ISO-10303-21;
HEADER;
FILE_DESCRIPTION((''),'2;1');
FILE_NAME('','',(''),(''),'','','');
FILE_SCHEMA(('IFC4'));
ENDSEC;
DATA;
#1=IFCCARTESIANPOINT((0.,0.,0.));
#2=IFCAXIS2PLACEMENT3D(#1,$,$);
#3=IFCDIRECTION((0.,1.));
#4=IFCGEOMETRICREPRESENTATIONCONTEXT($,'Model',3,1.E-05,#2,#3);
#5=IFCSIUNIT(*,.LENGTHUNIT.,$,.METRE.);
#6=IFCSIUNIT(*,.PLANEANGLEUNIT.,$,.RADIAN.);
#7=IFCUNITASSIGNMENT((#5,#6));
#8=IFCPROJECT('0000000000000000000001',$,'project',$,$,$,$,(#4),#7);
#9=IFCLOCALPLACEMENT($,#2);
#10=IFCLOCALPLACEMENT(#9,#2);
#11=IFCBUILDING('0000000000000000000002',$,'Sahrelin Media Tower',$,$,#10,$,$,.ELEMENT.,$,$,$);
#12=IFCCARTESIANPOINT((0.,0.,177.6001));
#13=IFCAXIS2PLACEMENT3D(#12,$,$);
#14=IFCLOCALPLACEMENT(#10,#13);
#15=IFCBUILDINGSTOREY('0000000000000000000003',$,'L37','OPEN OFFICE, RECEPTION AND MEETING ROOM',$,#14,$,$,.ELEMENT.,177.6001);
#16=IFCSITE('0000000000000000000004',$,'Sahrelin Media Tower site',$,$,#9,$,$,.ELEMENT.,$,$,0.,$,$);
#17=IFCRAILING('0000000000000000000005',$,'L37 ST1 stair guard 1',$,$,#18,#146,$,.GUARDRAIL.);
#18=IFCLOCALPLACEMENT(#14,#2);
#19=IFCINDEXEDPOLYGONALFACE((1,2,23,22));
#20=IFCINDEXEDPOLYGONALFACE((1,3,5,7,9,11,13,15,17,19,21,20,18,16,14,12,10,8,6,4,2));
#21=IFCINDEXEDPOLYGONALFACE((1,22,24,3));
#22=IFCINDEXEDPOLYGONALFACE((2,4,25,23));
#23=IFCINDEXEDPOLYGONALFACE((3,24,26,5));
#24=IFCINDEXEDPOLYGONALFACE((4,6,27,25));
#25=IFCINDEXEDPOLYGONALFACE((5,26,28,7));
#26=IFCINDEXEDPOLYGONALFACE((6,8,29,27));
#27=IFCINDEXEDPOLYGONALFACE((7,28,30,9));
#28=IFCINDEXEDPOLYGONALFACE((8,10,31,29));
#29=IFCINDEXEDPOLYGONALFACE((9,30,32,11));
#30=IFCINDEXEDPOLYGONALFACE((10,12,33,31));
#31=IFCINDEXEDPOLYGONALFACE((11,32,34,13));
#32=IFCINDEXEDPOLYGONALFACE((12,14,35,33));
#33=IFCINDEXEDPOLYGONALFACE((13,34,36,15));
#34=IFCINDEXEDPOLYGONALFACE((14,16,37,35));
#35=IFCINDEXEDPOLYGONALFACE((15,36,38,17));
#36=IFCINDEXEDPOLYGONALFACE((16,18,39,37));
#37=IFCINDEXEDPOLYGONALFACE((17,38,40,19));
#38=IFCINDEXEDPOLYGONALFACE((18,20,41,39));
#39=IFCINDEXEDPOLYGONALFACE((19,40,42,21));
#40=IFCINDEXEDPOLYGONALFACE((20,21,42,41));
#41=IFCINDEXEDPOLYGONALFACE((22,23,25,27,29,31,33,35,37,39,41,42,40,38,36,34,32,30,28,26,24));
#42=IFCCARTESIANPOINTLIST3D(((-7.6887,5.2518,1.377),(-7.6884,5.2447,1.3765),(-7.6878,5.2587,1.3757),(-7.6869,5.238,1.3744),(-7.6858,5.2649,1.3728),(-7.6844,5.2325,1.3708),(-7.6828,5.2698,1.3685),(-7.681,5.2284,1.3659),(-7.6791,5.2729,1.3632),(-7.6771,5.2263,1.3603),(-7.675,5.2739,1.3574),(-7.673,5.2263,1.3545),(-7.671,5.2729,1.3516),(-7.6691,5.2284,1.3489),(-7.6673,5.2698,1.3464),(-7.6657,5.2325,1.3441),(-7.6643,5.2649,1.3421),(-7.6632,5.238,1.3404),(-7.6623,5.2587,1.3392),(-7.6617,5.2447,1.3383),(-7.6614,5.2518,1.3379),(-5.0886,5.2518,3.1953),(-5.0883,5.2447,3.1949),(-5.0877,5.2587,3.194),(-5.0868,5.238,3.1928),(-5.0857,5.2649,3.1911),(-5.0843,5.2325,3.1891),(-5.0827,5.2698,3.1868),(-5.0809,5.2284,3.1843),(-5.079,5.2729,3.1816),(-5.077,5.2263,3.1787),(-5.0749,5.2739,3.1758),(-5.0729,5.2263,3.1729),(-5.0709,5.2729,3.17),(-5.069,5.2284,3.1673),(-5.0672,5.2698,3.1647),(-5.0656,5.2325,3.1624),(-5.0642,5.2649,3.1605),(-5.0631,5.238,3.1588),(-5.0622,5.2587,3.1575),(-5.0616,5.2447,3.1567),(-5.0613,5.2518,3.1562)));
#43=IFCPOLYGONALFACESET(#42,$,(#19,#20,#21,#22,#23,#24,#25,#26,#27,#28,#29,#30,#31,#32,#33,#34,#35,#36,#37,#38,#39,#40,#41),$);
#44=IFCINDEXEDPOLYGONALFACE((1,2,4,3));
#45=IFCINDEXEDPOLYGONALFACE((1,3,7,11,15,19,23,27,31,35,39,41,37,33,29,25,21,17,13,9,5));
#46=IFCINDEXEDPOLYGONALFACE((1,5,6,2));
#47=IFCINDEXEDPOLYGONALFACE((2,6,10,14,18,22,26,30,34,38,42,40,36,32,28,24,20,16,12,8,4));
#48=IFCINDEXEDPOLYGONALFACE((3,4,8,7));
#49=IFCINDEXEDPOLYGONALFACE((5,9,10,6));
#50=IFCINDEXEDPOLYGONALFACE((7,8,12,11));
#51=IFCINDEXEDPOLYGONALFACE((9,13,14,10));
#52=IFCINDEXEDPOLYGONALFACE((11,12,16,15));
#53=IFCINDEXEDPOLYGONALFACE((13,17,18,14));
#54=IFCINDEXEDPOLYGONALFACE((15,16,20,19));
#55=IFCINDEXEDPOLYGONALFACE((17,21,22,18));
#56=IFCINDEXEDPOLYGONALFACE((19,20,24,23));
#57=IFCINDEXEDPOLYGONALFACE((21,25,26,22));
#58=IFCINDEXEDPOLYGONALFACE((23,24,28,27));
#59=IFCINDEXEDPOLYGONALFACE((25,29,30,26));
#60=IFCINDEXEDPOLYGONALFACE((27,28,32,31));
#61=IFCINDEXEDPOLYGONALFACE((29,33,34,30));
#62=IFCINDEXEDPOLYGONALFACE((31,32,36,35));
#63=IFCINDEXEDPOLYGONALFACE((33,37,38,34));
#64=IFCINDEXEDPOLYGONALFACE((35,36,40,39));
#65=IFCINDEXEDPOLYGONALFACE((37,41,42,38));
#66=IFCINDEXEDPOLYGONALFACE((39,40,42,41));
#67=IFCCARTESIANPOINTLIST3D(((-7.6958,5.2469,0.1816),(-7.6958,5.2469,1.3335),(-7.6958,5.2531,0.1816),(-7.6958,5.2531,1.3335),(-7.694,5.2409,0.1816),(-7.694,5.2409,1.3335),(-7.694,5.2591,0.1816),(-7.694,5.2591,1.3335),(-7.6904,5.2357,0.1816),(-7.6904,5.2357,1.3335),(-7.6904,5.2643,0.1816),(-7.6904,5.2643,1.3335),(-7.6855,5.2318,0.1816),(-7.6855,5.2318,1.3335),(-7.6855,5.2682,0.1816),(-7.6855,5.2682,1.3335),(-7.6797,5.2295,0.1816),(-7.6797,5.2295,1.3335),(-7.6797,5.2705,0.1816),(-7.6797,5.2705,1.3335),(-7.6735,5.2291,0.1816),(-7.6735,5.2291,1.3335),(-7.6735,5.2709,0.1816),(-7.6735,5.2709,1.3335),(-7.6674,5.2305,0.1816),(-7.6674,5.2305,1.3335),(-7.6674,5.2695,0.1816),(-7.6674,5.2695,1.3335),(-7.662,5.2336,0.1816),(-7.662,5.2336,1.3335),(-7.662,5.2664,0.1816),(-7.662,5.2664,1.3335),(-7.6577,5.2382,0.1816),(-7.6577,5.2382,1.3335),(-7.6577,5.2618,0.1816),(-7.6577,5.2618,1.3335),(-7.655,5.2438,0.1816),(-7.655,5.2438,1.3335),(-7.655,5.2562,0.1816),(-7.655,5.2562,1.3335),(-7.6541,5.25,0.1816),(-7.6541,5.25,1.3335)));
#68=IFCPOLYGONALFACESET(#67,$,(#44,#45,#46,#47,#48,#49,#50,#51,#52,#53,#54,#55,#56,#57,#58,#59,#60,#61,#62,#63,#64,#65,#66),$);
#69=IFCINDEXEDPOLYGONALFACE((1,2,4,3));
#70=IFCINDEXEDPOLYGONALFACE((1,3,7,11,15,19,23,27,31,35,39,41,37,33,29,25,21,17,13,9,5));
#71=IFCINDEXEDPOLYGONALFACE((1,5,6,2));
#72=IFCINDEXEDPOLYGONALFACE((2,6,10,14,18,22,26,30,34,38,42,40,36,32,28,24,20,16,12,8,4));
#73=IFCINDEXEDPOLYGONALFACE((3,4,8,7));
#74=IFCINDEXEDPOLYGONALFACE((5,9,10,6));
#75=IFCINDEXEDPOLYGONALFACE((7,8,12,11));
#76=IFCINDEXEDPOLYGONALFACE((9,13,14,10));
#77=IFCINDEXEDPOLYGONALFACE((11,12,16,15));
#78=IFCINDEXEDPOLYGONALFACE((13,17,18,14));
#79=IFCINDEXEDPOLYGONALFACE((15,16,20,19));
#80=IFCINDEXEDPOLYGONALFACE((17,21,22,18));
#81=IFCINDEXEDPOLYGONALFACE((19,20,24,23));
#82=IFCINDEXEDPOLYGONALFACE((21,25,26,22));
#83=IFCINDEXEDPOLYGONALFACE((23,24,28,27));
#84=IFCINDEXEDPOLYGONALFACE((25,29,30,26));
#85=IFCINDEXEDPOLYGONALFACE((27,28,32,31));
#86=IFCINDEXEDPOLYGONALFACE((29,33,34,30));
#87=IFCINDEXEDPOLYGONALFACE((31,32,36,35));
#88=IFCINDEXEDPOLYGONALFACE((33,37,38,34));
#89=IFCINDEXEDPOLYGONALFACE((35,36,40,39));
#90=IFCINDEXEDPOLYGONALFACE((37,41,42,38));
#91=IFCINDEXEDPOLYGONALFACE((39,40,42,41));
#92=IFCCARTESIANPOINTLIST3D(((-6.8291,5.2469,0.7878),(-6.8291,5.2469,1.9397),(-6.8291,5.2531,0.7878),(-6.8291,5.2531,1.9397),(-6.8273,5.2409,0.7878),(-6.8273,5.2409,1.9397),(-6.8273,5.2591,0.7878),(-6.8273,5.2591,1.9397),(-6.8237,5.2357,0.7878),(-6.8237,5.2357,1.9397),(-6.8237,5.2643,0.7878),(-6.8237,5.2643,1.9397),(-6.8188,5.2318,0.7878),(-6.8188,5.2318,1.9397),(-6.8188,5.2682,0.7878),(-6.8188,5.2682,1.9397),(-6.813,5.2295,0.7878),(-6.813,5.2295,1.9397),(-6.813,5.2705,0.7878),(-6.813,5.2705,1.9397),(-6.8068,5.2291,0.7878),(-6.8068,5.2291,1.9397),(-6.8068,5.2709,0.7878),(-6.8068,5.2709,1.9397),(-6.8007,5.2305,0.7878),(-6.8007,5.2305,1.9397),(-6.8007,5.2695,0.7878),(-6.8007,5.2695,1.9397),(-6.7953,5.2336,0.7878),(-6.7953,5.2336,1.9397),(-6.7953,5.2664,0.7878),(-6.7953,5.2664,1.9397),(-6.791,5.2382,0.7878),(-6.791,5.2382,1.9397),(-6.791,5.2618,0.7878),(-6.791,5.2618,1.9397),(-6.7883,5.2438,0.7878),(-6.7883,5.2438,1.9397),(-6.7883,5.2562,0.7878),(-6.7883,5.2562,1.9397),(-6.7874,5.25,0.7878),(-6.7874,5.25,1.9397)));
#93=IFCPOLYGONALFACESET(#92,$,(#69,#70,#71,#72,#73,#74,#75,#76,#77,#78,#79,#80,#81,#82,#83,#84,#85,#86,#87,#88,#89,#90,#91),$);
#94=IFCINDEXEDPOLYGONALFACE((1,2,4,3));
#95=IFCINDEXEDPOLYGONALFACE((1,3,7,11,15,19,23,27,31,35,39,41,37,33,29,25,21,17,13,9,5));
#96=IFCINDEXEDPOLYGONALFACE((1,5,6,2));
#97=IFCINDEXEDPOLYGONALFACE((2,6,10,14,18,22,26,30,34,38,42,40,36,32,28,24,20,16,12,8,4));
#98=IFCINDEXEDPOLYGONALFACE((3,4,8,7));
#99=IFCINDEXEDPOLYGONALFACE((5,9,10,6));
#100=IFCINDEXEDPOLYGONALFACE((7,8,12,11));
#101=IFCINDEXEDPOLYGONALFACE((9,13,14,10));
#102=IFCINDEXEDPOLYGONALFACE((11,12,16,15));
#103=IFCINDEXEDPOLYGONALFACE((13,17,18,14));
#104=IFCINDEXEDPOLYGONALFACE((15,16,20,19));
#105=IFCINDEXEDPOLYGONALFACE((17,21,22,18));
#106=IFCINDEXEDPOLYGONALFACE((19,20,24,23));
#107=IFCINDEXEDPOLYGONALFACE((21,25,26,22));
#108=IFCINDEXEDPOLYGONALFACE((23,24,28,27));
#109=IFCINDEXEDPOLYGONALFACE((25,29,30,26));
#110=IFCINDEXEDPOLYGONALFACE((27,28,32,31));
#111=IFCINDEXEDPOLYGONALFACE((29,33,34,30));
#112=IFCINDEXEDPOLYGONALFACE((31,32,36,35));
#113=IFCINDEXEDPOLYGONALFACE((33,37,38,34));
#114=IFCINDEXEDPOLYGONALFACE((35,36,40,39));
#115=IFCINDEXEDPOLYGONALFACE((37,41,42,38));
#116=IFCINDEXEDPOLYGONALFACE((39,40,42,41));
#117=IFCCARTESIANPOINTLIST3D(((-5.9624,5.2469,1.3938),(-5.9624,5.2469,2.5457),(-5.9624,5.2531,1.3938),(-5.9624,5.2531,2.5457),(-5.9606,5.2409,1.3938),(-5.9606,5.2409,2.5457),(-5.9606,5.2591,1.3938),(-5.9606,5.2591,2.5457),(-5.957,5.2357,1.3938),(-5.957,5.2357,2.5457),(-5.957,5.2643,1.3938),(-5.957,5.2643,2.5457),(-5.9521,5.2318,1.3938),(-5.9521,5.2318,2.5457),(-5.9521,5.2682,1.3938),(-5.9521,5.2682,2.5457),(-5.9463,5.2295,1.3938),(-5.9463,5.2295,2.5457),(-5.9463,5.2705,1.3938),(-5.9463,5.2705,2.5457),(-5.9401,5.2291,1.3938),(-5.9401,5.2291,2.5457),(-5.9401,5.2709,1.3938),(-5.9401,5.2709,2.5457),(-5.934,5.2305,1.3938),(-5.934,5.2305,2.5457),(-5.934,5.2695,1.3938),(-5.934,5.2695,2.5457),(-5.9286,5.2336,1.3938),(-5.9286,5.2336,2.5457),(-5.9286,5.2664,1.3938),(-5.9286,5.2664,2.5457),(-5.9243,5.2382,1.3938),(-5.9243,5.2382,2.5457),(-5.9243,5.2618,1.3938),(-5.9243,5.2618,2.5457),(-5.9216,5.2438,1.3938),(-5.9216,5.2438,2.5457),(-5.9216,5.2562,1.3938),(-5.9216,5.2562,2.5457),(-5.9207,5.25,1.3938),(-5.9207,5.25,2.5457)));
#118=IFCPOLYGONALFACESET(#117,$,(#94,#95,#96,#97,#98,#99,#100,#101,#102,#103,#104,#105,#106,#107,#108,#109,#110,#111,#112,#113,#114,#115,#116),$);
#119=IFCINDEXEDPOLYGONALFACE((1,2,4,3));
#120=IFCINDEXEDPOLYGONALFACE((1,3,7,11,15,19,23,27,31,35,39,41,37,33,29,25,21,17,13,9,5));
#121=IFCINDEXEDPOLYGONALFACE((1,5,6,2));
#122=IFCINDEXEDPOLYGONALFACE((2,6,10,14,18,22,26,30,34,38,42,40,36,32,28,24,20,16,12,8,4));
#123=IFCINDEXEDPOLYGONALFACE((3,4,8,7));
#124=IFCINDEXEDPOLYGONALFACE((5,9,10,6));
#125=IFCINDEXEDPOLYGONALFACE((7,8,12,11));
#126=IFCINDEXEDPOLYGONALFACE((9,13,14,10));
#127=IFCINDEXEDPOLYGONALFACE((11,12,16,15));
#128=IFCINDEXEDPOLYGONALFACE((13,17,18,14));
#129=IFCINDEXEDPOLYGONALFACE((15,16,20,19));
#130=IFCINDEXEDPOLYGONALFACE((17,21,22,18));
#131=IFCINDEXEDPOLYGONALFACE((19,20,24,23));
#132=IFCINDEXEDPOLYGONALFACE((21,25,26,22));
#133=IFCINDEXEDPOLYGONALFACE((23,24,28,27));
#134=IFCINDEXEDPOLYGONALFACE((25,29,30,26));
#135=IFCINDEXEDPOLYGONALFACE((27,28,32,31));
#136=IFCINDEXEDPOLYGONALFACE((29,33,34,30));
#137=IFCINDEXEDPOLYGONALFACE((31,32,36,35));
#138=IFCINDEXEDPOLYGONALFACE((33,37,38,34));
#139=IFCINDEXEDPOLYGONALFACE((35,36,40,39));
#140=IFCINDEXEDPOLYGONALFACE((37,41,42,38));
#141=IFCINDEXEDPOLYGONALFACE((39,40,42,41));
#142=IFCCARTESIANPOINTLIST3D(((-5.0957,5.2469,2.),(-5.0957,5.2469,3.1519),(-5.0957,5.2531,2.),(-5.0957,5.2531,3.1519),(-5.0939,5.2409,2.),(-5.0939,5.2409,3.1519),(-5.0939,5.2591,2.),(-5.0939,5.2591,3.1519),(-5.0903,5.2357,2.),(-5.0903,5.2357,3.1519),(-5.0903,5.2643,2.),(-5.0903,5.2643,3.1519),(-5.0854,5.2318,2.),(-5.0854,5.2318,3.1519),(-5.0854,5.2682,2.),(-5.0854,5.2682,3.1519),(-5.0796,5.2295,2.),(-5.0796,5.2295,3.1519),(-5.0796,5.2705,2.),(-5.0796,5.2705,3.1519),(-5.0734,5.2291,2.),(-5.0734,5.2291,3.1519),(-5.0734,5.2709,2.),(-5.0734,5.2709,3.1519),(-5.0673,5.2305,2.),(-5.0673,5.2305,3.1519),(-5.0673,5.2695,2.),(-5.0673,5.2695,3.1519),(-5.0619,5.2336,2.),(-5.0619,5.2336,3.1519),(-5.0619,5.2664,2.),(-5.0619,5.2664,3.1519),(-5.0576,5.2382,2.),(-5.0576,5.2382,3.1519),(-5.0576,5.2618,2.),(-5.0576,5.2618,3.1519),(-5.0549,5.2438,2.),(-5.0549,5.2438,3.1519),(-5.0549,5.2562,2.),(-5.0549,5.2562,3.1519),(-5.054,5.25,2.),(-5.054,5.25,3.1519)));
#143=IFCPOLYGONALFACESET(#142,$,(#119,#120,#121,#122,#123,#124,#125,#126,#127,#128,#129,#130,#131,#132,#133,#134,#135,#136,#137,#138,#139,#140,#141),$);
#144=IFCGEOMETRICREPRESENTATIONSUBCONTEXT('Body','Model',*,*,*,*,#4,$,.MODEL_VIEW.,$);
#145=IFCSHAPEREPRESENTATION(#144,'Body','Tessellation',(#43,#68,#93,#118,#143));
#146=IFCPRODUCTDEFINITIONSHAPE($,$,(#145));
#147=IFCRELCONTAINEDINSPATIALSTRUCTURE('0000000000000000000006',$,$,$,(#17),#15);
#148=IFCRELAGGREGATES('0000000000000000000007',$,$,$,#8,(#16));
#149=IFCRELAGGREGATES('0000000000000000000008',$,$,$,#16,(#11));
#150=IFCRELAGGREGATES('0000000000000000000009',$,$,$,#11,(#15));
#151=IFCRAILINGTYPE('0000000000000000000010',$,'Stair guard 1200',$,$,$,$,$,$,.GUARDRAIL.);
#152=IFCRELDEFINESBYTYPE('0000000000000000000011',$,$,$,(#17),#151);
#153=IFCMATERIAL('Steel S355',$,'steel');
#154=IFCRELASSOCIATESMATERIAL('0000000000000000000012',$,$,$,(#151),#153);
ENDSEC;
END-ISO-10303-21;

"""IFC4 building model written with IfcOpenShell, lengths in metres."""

from ifc_helpers import new_model, si_unit, direction, frame, origin, origin_2d, place, context, subcontext, project, spatial, circle, extrude, material, type_object, element, save


model = new_model("IFC4")

# Units and contexts
model_context = context("Model", 3, precision=1e-05, world=origin(), true_north=direction((0.0, 1.0)))
body_context = subcontext(model_context, "Body", "Model", "MODEL_VIEW")
ifc_project = project(units=[si_unit("LENGTHUNIT", "METRE"), si_unit("PLANEANGLEUNIT", "RADIAN")], contexts=[model_context])

# Site, building, storey
site_placement = place(None, origin())
site = spatial("IfcSite", under=ifc_project, at=site_placement, Name="Sahrelin Media Tower site", CompositionType="ELEMENT", RefElevation=0.0)
building_placement = place(site_placement, origin())
building = spatial("IfcBuilding", under=site, at=building_placement, Name="Sahrelin Media Tower", CompositionType="ELEMENT")
storey_placement = place(building_placement, frame((0.0, 0.0, 177.6001)))
storey = spatial("IfcBuildingStorey", under=building, at=storey_placement, Name="L37", Description="OPEN OFFICE, RECEPTION AND MEETING ROOM", CompositionType="ELEMENT", Elevation=177.6001)

# Shared definitions
ifc_material_1 = material(Name="Steel S355", Category="steel")

# Railing
railing_type_1 = type_object("IfcRailingType", Name="Stair guard 1200", PredefinedType="GUARDRAIL", material=ifc_material_1)
railing_1_placement = place(storey_placement, frame((-7.675, 5.25, 0.1816)))
element("IfcRailing", 1, at=railing_1_placement, inside=storey, type_object=railing_type_1, Name="L37 ST1 stair guard 1", PredefinedType="GUARDRAIL", context=body_context, shape_type="SweptSolid", body=[
    extrude(circle(Radius=0.0239, at=origin_2d()), frame((0.0, 0.0, 1.1758), z_axis=(0.819485, 0.0, 0.573101), x_axis=(0.0, 1.0, 0.0)), (0.0, 0.0, 1.0), 3.1729),
    extrude(circle(Radius=0.021, at=origin_2d()), origin(), (0.0, 0.0, 1.0), 1.1519),
    extrude(circle(Radius=0.021, at=origin_2d()), frame((0.8667, 0.0, 0.6062)), (0.0, 0.0, 1.0), 1.1519),
    extrude(circle(Radius=0.021, at=origin_2d()), frame((1.7334, 0.0, 1.2122)), (0.0, 0.0, 1.0), 1.1519),
    extrude(circle(Radius=0.021, at=origin_2d()), frame((2.6001, 0.0, 1.8184)), (0.0, 0.0, 1.0), 1.1519),
])

save(model, "model.ifc")
